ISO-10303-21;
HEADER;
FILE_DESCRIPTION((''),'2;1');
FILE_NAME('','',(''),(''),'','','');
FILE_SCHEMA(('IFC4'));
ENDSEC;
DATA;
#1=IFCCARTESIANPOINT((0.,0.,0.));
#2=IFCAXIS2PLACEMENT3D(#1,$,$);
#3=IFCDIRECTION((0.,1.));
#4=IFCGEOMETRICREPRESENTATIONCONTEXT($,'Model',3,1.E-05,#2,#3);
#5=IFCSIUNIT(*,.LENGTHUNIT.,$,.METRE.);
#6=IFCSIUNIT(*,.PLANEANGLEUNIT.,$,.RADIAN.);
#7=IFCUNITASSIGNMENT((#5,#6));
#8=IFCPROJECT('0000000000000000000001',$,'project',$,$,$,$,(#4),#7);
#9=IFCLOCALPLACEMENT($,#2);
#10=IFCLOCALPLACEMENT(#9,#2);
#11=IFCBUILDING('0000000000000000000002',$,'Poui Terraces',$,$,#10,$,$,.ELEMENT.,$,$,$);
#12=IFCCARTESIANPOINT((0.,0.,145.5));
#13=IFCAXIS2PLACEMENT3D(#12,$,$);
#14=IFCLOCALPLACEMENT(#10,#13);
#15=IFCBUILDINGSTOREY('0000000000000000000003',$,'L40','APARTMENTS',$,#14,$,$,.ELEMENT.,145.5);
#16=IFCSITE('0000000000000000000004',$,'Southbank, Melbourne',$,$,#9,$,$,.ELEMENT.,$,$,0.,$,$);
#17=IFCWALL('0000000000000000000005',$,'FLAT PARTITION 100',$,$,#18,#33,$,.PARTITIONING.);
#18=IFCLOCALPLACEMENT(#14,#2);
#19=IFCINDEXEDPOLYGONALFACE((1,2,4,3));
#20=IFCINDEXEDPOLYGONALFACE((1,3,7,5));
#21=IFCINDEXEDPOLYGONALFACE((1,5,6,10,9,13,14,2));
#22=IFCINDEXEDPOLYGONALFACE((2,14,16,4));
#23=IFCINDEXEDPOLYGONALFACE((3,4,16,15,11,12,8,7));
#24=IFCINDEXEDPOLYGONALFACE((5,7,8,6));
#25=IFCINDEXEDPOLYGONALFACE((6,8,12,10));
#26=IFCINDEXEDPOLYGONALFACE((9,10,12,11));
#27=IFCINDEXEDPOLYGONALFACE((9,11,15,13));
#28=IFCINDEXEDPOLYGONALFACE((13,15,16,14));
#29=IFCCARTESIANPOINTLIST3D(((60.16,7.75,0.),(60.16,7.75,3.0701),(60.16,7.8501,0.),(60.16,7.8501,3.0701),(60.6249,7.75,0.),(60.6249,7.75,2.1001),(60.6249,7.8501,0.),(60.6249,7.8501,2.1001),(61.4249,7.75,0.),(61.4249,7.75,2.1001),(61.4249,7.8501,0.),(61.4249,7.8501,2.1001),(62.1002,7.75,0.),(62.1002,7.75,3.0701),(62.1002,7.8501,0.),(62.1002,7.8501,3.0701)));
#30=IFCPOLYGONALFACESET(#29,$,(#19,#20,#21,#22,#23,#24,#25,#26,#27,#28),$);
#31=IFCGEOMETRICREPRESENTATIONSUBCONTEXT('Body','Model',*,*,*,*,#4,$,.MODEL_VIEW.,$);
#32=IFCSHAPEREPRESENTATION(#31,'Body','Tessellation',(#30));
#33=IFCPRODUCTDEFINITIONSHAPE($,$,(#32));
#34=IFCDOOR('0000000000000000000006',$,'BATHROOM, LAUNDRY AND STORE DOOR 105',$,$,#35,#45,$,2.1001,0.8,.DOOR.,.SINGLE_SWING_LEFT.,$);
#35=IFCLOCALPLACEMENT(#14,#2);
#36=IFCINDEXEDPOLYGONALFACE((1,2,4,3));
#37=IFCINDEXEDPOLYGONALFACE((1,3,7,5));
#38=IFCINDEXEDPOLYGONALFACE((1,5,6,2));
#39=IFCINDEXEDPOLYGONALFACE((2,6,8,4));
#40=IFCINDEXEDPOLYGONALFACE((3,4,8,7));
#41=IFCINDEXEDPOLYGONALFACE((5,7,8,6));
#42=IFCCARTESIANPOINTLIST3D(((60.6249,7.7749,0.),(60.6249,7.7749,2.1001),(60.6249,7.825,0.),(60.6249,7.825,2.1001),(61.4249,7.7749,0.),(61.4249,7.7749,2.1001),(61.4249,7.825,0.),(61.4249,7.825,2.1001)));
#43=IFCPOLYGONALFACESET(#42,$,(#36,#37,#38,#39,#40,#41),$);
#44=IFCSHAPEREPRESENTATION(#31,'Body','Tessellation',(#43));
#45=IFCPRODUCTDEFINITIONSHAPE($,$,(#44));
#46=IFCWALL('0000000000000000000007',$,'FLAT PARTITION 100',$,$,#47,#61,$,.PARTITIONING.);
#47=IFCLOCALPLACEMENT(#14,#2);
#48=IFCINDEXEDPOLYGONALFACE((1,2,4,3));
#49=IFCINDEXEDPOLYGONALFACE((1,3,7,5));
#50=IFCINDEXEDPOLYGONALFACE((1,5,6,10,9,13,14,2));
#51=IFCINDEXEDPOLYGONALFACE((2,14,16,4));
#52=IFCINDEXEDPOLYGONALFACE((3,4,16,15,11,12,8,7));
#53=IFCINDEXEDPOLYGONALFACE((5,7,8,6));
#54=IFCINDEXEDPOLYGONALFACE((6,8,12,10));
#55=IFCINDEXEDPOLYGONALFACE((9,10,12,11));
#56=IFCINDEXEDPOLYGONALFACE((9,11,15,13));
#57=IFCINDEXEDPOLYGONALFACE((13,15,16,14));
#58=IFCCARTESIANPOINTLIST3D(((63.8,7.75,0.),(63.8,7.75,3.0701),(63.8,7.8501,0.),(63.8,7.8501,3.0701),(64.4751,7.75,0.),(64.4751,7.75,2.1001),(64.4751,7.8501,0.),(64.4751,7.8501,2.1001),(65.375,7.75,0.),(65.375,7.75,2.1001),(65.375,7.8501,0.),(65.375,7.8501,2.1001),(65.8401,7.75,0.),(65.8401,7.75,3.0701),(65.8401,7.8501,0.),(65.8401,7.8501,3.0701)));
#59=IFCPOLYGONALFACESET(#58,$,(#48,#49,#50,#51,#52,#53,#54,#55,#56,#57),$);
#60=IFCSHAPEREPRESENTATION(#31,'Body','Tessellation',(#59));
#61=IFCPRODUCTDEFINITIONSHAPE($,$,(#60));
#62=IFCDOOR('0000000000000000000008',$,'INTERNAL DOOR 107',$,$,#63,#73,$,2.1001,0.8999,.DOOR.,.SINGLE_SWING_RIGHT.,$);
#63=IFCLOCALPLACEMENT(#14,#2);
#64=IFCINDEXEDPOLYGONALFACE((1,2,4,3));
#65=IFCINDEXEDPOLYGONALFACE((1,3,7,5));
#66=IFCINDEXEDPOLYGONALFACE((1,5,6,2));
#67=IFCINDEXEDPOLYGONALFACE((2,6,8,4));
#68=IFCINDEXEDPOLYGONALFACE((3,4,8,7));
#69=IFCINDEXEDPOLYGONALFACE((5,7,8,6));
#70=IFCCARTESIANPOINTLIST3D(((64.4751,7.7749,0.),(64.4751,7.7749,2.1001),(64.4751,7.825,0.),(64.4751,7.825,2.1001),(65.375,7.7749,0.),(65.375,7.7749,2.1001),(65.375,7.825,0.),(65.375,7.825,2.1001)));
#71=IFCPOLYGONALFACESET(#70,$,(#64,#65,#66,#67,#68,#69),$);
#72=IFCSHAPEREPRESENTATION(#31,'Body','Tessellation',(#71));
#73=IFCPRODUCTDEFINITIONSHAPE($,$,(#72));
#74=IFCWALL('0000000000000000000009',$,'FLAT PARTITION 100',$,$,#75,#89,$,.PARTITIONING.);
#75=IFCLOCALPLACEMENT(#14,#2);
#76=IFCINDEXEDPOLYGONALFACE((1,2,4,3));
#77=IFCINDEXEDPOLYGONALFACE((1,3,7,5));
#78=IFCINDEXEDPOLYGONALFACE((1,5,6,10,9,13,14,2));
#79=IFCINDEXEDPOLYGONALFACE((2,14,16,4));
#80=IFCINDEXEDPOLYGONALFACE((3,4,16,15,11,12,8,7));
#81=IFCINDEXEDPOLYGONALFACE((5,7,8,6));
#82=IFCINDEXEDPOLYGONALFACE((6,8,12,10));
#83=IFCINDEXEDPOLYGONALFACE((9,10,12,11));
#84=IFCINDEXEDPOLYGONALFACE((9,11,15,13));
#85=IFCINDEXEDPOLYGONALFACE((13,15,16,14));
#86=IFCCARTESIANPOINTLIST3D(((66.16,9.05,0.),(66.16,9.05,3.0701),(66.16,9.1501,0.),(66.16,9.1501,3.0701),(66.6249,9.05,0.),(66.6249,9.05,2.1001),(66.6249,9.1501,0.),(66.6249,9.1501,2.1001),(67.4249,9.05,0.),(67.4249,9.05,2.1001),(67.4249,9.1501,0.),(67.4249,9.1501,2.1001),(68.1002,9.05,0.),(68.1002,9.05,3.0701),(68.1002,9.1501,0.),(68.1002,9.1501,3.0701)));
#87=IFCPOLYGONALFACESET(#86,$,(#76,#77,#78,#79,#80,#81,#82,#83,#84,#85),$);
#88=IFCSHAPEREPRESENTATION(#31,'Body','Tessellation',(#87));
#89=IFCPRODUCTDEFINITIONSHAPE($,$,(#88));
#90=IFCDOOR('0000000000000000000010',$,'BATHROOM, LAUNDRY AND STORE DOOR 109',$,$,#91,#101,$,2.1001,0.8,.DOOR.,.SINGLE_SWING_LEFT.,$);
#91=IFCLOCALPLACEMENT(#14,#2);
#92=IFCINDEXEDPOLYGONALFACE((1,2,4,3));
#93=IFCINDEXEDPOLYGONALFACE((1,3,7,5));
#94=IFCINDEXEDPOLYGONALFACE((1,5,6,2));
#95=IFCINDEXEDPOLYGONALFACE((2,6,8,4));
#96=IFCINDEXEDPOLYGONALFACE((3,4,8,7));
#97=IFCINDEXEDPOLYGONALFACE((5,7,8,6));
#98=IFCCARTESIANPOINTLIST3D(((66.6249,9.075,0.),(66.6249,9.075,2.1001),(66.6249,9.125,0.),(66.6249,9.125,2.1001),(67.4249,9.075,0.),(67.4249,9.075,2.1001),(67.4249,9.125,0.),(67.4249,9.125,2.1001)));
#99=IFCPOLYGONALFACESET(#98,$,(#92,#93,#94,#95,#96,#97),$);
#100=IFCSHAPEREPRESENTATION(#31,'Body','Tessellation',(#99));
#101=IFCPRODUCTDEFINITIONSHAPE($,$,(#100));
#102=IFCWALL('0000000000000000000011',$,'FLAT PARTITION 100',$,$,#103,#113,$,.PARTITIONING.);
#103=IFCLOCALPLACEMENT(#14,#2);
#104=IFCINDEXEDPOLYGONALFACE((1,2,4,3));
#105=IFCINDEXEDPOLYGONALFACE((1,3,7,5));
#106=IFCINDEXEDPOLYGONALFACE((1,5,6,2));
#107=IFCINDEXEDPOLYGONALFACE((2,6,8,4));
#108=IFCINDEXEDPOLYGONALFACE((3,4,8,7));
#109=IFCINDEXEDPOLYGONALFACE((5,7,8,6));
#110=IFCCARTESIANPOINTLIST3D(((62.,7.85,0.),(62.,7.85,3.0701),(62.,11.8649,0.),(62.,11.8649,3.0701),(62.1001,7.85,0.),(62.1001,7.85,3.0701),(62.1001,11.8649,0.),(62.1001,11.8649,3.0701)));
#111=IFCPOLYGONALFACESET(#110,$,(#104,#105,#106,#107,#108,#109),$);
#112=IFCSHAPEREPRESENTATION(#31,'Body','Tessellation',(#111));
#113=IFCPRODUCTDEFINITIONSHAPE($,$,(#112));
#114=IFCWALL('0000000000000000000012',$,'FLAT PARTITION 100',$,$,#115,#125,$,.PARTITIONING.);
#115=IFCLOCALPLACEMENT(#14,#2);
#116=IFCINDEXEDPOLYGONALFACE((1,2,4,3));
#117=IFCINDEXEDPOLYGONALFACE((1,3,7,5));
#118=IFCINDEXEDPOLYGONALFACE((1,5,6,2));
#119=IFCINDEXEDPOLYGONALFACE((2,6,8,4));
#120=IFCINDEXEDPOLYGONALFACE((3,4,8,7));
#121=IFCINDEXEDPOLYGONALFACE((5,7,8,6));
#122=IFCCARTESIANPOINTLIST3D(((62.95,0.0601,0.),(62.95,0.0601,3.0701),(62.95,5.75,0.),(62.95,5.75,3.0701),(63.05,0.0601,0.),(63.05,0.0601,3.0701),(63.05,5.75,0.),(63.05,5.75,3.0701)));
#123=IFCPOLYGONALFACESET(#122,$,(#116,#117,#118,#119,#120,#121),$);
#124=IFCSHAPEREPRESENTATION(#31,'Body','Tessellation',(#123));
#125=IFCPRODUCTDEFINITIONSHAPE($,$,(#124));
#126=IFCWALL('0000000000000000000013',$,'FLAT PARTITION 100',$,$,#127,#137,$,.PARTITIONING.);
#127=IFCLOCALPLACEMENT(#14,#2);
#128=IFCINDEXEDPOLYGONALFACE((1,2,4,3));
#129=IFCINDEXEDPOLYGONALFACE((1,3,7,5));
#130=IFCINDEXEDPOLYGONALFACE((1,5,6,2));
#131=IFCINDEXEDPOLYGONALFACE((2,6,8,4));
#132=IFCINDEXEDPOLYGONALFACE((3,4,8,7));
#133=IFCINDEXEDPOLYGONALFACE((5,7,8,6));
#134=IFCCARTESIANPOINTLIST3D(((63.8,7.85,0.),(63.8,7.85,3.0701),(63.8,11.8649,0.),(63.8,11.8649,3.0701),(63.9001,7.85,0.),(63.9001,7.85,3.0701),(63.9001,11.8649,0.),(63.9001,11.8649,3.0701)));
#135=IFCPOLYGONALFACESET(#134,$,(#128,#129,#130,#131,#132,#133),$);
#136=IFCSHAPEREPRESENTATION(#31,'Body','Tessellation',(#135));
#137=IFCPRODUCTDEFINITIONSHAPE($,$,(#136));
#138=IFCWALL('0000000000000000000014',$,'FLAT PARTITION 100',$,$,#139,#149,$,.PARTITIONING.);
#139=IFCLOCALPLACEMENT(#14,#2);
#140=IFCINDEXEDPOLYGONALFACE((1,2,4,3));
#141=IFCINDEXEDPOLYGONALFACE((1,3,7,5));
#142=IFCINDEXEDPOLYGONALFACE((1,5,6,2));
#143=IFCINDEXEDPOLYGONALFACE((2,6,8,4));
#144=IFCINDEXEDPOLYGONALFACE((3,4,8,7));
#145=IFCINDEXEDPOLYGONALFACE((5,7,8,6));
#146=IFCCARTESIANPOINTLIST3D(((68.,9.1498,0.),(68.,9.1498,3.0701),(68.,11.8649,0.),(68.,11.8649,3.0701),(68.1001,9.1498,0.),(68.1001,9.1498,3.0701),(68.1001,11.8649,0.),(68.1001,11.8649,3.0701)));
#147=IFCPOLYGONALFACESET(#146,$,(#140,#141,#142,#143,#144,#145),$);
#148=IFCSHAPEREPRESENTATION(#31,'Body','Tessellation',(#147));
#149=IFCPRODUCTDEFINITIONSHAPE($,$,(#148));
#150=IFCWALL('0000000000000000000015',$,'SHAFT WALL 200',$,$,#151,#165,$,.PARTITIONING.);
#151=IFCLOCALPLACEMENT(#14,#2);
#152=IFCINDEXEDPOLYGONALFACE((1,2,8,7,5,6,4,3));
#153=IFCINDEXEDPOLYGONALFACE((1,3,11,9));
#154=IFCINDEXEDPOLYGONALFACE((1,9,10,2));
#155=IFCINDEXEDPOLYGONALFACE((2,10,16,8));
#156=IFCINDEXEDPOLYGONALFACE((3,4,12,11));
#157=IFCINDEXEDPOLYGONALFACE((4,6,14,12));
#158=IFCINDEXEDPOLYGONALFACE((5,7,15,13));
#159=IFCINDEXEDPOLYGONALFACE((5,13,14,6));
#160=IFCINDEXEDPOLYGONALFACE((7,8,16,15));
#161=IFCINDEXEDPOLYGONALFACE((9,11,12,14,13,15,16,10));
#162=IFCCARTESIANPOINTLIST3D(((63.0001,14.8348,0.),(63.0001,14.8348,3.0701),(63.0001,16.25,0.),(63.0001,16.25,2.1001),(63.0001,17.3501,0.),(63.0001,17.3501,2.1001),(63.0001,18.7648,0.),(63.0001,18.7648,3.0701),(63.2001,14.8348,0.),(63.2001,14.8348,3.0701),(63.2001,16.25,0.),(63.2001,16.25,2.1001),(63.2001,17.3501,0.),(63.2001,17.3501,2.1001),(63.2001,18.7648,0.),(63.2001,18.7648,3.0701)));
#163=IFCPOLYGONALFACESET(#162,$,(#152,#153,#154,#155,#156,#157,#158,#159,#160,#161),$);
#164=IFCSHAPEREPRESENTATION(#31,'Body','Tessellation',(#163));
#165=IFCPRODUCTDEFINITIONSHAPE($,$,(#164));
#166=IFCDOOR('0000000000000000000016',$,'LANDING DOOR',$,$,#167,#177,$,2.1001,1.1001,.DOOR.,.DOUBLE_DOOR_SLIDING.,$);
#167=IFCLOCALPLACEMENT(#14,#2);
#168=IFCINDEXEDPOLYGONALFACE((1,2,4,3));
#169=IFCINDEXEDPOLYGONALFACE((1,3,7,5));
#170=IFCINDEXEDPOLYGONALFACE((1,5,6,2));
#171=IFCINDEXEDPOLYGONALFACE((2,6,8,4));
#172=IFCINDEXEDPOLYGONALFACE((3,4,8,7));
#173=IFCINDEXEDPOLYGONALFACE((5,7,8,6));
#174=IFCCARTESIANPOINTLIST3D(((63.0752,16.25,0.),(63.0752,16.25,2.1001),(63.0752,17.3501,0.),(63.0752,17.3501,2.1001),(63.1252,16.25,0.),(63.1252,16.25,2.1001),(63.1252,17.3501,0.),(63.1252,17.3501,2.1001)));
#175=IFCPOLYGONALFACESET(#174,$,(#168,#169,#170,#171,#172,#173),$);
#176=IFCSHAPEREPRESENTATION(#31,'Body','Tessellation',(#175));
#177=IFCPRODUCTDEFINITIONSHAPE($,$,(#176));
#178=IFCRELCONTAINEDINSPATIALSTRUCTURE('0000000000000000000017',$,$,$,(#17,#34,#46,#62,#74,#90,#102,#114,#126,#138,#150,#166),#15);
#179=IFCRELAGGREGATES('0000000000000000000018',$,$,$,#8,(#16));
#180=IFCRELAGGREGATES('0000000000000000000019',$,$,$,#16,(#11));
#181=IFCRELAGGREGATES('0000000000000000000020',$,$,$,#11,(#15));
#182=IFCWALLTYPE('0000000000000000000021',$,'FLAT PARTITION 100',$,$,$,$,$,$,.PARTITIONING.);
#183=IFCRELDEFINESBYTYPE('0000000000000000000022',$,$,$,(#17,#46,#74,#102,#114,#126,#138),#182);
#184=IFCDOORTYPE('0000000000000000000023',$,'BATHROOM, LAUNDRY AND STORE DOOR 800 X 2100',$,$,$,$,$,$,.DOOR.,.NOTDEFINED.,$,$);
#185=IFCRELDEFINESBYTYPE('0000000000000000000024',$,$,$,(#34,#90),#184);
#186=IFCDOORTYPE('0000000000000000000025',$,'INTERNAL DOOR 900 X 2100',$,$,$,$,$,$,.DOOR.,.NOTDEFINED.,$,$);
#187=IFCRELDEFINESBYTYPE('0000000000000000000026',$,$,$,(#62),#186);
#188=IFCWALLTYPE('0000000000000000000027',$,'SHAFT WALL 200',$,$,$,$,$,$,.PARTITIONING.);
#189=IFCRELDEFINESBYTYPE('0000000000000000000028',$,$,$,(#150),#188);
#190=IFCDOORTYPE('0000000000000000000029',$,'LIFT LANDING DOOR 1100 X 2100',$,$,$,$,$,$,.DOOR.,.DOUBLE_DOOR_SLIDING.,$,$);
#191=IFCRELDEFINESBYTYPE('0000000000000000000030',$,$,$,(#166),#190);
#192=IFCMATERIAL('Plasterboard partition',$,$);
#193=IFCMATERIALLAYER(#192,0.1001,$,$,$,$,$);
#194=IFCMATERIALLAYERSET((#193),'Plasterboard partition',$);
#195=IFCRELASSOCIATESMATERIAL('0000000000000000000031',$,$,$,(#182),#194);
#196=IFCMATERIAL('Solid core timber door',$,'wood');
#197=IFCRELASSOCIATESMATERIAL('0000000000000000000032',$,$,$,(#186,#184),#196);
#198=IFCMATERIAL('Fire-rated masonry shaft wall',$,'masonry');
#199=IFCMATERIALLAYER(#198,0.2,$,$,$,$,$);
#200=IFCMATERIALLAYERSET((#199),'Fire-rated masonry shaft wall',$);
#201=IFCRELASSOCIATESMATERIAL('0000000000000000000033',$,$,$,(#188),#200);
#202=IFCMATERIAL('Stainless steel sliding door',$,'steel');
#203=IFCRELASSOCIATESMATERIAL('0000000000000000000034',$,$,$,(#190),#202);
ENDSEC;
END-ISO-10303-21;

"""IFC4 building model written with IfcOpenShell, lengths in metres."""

from ifc_helpers import new_model, si_unit, direction, frame, frame_2d, origin, place, context, subcontext, project, spatial, rectangle, extrude, material, layer, layer_set, type_object, element, fill, save


model = new_model("IFC4")

# Units and contexts
model_context = context("Model", 3, precision=1e-05, world=origin(), true_north=direction((0.0, 1.0)))
body_context = subcontext(model_context, "Body", "Model", "MODEL_VIEW")
ifc_project = project(units=[si_unit("LENGTHUNIT", "METRE"), si_unit("PLANEANGLEUNIT", "RADIAN")], contexts=[model_context])

# Site, building, storey
site_placement = place(None, origin())
site = spatial("IfcSite", under=ifc_project, at=site_placement, Name="Southbank, Melbourne", CompositionType="ELEMENT", RefElevation=0.0)
building_placement = place(site_placement, origin())
building = spatial("IfcBuilding", under=site, at=building_placement, Name="Poui Terraces", CompositionType="ELEMENT")
storey_placement = place(building_placement, frame((0.0, 0.0, 145.5)))
storey = spatial("IfcBuildingStorey", under=building, at=storey_placement, Name="L40", Description="APARTMENTS", CompositionType="ELEMENT", Elevation=145.5)

# Walls, openings, doors
ifc_material_1 = material(Name="Plasterboard partition")
ifc_layer_1 = layer(ifc_material_1, 0.1001)
ifc_layer_set_1 = layer_set([ifc_layer_1], Name="Plasterboard partition")
wall_type_1 = type_object("IfcWallType", Name="FLAT PARTITION 100", PredefinedType="PARTITIONING", material=ifc_layer_set_1)
ifc_material_2 = material(Name="Solid core timber door", Category="wood")
door_type_1 = type_object("IfcDoorType", Name="INTERNAL DOOR 900 X 2100", OperationType="NOTDEFINED", PredefinedType="DOOR", material=ifc_material_2)
wall_1_placement = place(storey_placement, frame((60.1599, 7.8, 0.0), z_axis=(0.0, 0.0, 1.0), x_axis=(1.0, 0.0, 0.0)))
wall_1 = element("IfcWall", 1, at=wall_1_placement, inside=storey, type_object=wall_type_1, Name="FLAT PARTITION 100", PredefinedType="PARTITIONING", context=body_context, shape_type="SweptSolid", body=[
    extrude(rectangle(XDim=1.9402, YDim=0.1001, at=frame_2d((0.9702, 0.0))), origin(), (0.0, 0.0, 1.0), 3.0701),
])
opening_1_placement = place(wall_1_placement, frame((0.4651, 0.0, 0.0)))
opening_1 = element("IfcOpeningElement", 2, at=opening_1_placement, cuts=wall_1, PredefinedType="OPENING", context=body_context, shape_type="SweptSolid", body=[
    extrude(rectangle(XDim=0.8, YDim=2.1001, at=frame_2d((0.3999, 1.05))), frame((0.0, 0.0601, 0.0), z_axis=(0.0, -1.0, 0.0), x_axis=(1.0, 0.0, 0.0)), (0.0, 0.0, 1.0), 0.1201),
])
door_type_2 = type_object("IfcDoorType", Name="BATHROOM, LAUNDRY AND STORE DOOR 800 X 2100", OperationType="NOTDEFINED", PredefinedType="DOOR", material=ifc_material_2)
door_1_placement = place(opening_1_placement, origin())
door_1 = element("IfcDoor", 3, at=door_1_placement, inside=storey, type_object=door_type_2, Name="BATHROOM, LAUNDRY AND STORE DOOR 105", OperationType="SINGLE_SWING_LEFT", OverallHeight=2.1001, OverallWidth=0.8, PredefinedType="DOOR", context=body_context, shape_type="SweptSolid", body=[
    extrude(rectangle(XDim=0.8, YDim=2.1001, at=frame_2d((0.3999, 1.05))), frame((0.0, 0.0249, 0.0), z_axis=(0.0, -1.0, 0.0), x_axis=(1.0, 0.0, 0.0)), (0.0, 0.0, 1.0), 0.05),
])
fill(opening_1, door_1)
wall_2_placement = place(storey_placement, frame((63.8, 7.8, 0.0), z_axis=(0.0, 0.0, 1.0), x_axis=(1.0, 0.0, 0.0)))
wall_2 = element("IfcWall", 4, at=wall_2_placement, inside=storey, type_object=wall_type_1, Name="FLAT PARTITION 100", PredefinedType="PARTITIONING", context=body_context, shape_type="SweptSolid", body=[
    extrude(rectangle(XDim=2.04, YDim=0.1001, at=frame_2d((1.02, 0.0))), origin(), (0.0, 0.0, 1.0), 3.0701),
])
opening_2_placement = place(wall_2_placement, frame((0.675, 0.0, 0.0)))
opening_2 = element("IfcOpeningElement", 5, at=opening_2_placement, cuts=wall_2, PredefinedType="OPENING", context=body_context, shape_type="SweptSolid", body=[
    extrude(rectangle(XDim=0.8999, YDim=2.1001, at=frame_2d((0.45, 1.05))), frame((0.0, 0.0601, 0.0), z_axis=(0.0, -1.0, 0.0), x_axis=(1.0, 0.0, 0.0)), (0.0, 0.0, 1.0), 0.1201),
])
door_2_placement = place(opening_2_placement, origin())
door_2 = element("IfcDoor", 6, at=door_2_placement, inside=storey, type_object=door_type_1, Name="INTERNAL DOOR 107", OperationType="SINGLE_SWING_RIGHT", OverallHeight=2.1001, OverallWidth=0.8999, PredefinedType="DOOR", context=body_context, shape_type="SweptSolid", body=[
    extrude(rectangle(XDim=0.8999, YDim=2.1001, at=frame_2d((0.45, 1.05))), frame((0.0, 0.0249, 0.0), z_axis=(0.0, -1.0, 0.0), x_axis=(1.0, 0.0, 0.0)), (0.0, 0.0, 1.0), 0.05),
])
fill(opening_2, door_2)
wall_3_placement = place(storey_placement, frame((66.1599, 9.1001, 0.0), z_axis=(0.0, 0.0, 1.0), x_axis=(1.0, 0.0, 0.0)))
wall_3 = element("IfcWall", 7, at=wall_3_placement, inside=storey, type_object=wall_type_1, Name="FLAT PARTITION 100", PredefinedType="PARTITIONING", context=body_context, shape_type="SweptSolid", body=[
    extrude(rectangle(XDim=1.9402, YDim=0.1001, at=frame_2d((0.9702, 0.0))), origin(), (0.0, 0.0, 1.0), 3.0701),
])
opening_3_placement = place(wall_3_placement, frame((0.4651, 0.0, 0.0)))
opening_3 = element("IfcOpeningElement", 8, at=opening_3_placement, cuts=wall_3, PredefinedType="OPENING", context=body_context, shape_type="SweptSolid", body=[
    extrude(rectangle(XDim=0.8, YDim=2.1001, at=frame_2d((0.3999, 1.05))), frame((0.0, 0.0601, 0.0), z_axis=(0.0, -1.0, 0.0), x_axis=(1.0, 0.0, 0.0)), (0.0, 0.0, 1.0), 0.1201),
])
door_3_placement = place(opening_3_placement, origin())
door_3 = element("IfcDoor", 9, at=door_3_placement, inside=storey, type_object=door_type_2, Name="BATHROOM, LAUNDRY AND STORE DOOR 109", OperationType="SINGLE_SWING_LEFT", OverallHeight=2.1001, OverallWidth=0.8, PredefinedType="DOOR", context=body_context, shape_type="SweptSolid", body=[
    extrude(rectangle(XDim=0.8, YDim=2.1001, at=frame_2d((0.3999, 1.05))), frame((0.0, 0.0249, 0.0), z_axis=(0.0, -1.0, 0.0), x_axis=(1.0, 0.0, 0.0)), (0.0, 0.0, 1.0), 0.05),
])
fill(opening_3, door_3)

# Walls
wall_4_placement = place(storey_placement, frame((62.05, 7.8501, 0.0), z_axis=(0.0, 0.0, 1.0), x_axis=(0.0, 1.0, 0.0)))
element("IfcWall", 10, at=wall_4_placement, inside=storey, type_object=wall_type_1, Name="FLAT PARTITION 100", PredefinedType="PARTITIONING", context=body_context, shape_type="SweptSolid", body=[
    extrude(rectangle(XDim=4.0149, YDim=0.1001, at=frame_2d((2.0073, 0.0))), origin(), (0.0, 0.0, 1.0), 3.0701),
])
wall_5_placement = place(storey_placement, frame((63.0, 0.0601, 0.0), z_axis=(0.0, 0.0, 1.0), x_axis=(0.0, 1.0, 0.0)))
element("IfcWall", 11, at=wall_5_placement, inside=storey, type_object=wall_type_1, Name="FLAT PARTITION 100", PredefinedType="PARTITIONING", context=body_context, shape_type="SweptSolid", body=[
    extrude(rectangle(XDim=5.6899, YDim=0.1001, at=frame_2d((2.845, 0.0))), origin(), (0.0, 0.0, 1.0), 3.0701),
])
wall_6_placement = place(storey_placement, frame((63.8501, 7.8501, 0.0), z_axis=(0.0, 0.0, 1.0), x_axis=(0.0, 1.0, 0.0)))
element("IfcWall", 12, at=wall_6_placement, inside=storey, type_object=wall_type_1, Name="FLAT PARTITION 100", PredefinedType="PARTITIONING", context=body_context, shape_type="SweptSolid", body=[
    extrude(rectangle(XDim=4.0149, YDim=0.1001, at=frame_2d((2.0073, 0.0))), origin(), (0.0, 0.0, 1.0), 3.0701),
])
wall_7_placement = place(storey_placement, frame((68.05, 9.1499, 0.0), z_axis=(0.0, 0.0, 1.0), x_axis=(0.0, 1.0, 0.0)))
element("IfcWall", 13, at=wall_7_placement, inside=storey, type_object=wall_type_1, Name="FLAT PARTITION 100", PredefinedType="PARTITIONING", context=body_context, shape_type="SweptSolid", body=[
    extrude(rectangle(XDim=2.7151, YDim=0.1001, at=frame_2d((1.3574, 0.0))), origin(), (0.0, 0.0, 1.0), 3.0701),
])
ifc_material_3 = material(Name="Fire-rated masonry shaft wall", Category="masonry")
ifc_layer_2 = layer(ifc_material_3, 0.2)
ifc_layer_set_2 = layer_set([ifc_layer_2], Name="Fire-rated masonry shaft wall")
wall_type_2 = type_object("IfcWallType", Name="SHAFT WALL 200", PredefinedType="PARTITIONING", material=ifc_layer_set_2)

# Wall, opening, door
wall_8_placement = place(storey_placement, frame((63.1001, 14.835, 0.0), z_axis=(0.0, 0.0, 1.0), x_axis=(0.0, 1.0, 0.0)))
wall_8 = element("IfcWall", 14, at=wall_8_placement, inside=storey, type_object=wall_type_2, Name="SHAFT WALL 200", PredefinedType="PARTITIONING", context=body_context, shape_type="SweptSolid", body=[
    extrude(rectangle(XDim=3.9299, YDim=0.2, at=frame_2d((1.9648, 0.0))), origin(), (0.0, 0.0, 1.0), 3.0701),
])
opening_4_placement = place(wall_8_placement, frame((1.415, 0.0, 0.0)))
opening_4 = element("IfcOpeningElement", 15, at=opening_4_placement, cuts=wall_8, PredefinedType="OPENING", context=body_context, shape_type="SweptSolid", body=[
    extrude(rectangle(XDim=1.1001, YDim=2.1001, at=frame_2d((0.55, 1.05))), frame((0.0, 0.1099, 0.0), z_axis=(0.0, -1.0, 0.0), x_axis=(1.0, 0.0, 0.0)), (0.0, 0.0, 1.0), 0.22),
])
ifc_material_4 = material(Name="Stainless steel sliding door", Category="steel")
door_type_3 = type_object("IfcDoorType", Name="LIFT LANDING DOOR 1100 X 2100", OperationType="DOUBLE_DOOR_SLIDING", PredefinedType="DOOR", material=ifc_material_4)
door_4_placement = place(opening_4_placement, origin())
door_4 = element("IfcDoor", 16, at=door_4_placement, inside=storey, type_object=door_type_3, Name="LANDING DOOR", OperationType="DOUBLE_DOOR_SLIDING", OverallHeight=2.1001, OverallWidth=1.1001, PredefinedType="DOOR", context=body_context, shape_type="SweptSolid", body=[
    extrude(rectangle(XDim=1.1001, YDim=2.1001, at=frame_2d((0.55, 1.05))), frame((0.0, 0.0249, 0.0), z_axis=(0.0, -1.0, 0.0), x_axis=(1.0, 0.0, 0.0)), (0.0, 0.0, 1.0), 0.05),
])
fill(opening_4, door_4)

save(model, "model.ifc")
